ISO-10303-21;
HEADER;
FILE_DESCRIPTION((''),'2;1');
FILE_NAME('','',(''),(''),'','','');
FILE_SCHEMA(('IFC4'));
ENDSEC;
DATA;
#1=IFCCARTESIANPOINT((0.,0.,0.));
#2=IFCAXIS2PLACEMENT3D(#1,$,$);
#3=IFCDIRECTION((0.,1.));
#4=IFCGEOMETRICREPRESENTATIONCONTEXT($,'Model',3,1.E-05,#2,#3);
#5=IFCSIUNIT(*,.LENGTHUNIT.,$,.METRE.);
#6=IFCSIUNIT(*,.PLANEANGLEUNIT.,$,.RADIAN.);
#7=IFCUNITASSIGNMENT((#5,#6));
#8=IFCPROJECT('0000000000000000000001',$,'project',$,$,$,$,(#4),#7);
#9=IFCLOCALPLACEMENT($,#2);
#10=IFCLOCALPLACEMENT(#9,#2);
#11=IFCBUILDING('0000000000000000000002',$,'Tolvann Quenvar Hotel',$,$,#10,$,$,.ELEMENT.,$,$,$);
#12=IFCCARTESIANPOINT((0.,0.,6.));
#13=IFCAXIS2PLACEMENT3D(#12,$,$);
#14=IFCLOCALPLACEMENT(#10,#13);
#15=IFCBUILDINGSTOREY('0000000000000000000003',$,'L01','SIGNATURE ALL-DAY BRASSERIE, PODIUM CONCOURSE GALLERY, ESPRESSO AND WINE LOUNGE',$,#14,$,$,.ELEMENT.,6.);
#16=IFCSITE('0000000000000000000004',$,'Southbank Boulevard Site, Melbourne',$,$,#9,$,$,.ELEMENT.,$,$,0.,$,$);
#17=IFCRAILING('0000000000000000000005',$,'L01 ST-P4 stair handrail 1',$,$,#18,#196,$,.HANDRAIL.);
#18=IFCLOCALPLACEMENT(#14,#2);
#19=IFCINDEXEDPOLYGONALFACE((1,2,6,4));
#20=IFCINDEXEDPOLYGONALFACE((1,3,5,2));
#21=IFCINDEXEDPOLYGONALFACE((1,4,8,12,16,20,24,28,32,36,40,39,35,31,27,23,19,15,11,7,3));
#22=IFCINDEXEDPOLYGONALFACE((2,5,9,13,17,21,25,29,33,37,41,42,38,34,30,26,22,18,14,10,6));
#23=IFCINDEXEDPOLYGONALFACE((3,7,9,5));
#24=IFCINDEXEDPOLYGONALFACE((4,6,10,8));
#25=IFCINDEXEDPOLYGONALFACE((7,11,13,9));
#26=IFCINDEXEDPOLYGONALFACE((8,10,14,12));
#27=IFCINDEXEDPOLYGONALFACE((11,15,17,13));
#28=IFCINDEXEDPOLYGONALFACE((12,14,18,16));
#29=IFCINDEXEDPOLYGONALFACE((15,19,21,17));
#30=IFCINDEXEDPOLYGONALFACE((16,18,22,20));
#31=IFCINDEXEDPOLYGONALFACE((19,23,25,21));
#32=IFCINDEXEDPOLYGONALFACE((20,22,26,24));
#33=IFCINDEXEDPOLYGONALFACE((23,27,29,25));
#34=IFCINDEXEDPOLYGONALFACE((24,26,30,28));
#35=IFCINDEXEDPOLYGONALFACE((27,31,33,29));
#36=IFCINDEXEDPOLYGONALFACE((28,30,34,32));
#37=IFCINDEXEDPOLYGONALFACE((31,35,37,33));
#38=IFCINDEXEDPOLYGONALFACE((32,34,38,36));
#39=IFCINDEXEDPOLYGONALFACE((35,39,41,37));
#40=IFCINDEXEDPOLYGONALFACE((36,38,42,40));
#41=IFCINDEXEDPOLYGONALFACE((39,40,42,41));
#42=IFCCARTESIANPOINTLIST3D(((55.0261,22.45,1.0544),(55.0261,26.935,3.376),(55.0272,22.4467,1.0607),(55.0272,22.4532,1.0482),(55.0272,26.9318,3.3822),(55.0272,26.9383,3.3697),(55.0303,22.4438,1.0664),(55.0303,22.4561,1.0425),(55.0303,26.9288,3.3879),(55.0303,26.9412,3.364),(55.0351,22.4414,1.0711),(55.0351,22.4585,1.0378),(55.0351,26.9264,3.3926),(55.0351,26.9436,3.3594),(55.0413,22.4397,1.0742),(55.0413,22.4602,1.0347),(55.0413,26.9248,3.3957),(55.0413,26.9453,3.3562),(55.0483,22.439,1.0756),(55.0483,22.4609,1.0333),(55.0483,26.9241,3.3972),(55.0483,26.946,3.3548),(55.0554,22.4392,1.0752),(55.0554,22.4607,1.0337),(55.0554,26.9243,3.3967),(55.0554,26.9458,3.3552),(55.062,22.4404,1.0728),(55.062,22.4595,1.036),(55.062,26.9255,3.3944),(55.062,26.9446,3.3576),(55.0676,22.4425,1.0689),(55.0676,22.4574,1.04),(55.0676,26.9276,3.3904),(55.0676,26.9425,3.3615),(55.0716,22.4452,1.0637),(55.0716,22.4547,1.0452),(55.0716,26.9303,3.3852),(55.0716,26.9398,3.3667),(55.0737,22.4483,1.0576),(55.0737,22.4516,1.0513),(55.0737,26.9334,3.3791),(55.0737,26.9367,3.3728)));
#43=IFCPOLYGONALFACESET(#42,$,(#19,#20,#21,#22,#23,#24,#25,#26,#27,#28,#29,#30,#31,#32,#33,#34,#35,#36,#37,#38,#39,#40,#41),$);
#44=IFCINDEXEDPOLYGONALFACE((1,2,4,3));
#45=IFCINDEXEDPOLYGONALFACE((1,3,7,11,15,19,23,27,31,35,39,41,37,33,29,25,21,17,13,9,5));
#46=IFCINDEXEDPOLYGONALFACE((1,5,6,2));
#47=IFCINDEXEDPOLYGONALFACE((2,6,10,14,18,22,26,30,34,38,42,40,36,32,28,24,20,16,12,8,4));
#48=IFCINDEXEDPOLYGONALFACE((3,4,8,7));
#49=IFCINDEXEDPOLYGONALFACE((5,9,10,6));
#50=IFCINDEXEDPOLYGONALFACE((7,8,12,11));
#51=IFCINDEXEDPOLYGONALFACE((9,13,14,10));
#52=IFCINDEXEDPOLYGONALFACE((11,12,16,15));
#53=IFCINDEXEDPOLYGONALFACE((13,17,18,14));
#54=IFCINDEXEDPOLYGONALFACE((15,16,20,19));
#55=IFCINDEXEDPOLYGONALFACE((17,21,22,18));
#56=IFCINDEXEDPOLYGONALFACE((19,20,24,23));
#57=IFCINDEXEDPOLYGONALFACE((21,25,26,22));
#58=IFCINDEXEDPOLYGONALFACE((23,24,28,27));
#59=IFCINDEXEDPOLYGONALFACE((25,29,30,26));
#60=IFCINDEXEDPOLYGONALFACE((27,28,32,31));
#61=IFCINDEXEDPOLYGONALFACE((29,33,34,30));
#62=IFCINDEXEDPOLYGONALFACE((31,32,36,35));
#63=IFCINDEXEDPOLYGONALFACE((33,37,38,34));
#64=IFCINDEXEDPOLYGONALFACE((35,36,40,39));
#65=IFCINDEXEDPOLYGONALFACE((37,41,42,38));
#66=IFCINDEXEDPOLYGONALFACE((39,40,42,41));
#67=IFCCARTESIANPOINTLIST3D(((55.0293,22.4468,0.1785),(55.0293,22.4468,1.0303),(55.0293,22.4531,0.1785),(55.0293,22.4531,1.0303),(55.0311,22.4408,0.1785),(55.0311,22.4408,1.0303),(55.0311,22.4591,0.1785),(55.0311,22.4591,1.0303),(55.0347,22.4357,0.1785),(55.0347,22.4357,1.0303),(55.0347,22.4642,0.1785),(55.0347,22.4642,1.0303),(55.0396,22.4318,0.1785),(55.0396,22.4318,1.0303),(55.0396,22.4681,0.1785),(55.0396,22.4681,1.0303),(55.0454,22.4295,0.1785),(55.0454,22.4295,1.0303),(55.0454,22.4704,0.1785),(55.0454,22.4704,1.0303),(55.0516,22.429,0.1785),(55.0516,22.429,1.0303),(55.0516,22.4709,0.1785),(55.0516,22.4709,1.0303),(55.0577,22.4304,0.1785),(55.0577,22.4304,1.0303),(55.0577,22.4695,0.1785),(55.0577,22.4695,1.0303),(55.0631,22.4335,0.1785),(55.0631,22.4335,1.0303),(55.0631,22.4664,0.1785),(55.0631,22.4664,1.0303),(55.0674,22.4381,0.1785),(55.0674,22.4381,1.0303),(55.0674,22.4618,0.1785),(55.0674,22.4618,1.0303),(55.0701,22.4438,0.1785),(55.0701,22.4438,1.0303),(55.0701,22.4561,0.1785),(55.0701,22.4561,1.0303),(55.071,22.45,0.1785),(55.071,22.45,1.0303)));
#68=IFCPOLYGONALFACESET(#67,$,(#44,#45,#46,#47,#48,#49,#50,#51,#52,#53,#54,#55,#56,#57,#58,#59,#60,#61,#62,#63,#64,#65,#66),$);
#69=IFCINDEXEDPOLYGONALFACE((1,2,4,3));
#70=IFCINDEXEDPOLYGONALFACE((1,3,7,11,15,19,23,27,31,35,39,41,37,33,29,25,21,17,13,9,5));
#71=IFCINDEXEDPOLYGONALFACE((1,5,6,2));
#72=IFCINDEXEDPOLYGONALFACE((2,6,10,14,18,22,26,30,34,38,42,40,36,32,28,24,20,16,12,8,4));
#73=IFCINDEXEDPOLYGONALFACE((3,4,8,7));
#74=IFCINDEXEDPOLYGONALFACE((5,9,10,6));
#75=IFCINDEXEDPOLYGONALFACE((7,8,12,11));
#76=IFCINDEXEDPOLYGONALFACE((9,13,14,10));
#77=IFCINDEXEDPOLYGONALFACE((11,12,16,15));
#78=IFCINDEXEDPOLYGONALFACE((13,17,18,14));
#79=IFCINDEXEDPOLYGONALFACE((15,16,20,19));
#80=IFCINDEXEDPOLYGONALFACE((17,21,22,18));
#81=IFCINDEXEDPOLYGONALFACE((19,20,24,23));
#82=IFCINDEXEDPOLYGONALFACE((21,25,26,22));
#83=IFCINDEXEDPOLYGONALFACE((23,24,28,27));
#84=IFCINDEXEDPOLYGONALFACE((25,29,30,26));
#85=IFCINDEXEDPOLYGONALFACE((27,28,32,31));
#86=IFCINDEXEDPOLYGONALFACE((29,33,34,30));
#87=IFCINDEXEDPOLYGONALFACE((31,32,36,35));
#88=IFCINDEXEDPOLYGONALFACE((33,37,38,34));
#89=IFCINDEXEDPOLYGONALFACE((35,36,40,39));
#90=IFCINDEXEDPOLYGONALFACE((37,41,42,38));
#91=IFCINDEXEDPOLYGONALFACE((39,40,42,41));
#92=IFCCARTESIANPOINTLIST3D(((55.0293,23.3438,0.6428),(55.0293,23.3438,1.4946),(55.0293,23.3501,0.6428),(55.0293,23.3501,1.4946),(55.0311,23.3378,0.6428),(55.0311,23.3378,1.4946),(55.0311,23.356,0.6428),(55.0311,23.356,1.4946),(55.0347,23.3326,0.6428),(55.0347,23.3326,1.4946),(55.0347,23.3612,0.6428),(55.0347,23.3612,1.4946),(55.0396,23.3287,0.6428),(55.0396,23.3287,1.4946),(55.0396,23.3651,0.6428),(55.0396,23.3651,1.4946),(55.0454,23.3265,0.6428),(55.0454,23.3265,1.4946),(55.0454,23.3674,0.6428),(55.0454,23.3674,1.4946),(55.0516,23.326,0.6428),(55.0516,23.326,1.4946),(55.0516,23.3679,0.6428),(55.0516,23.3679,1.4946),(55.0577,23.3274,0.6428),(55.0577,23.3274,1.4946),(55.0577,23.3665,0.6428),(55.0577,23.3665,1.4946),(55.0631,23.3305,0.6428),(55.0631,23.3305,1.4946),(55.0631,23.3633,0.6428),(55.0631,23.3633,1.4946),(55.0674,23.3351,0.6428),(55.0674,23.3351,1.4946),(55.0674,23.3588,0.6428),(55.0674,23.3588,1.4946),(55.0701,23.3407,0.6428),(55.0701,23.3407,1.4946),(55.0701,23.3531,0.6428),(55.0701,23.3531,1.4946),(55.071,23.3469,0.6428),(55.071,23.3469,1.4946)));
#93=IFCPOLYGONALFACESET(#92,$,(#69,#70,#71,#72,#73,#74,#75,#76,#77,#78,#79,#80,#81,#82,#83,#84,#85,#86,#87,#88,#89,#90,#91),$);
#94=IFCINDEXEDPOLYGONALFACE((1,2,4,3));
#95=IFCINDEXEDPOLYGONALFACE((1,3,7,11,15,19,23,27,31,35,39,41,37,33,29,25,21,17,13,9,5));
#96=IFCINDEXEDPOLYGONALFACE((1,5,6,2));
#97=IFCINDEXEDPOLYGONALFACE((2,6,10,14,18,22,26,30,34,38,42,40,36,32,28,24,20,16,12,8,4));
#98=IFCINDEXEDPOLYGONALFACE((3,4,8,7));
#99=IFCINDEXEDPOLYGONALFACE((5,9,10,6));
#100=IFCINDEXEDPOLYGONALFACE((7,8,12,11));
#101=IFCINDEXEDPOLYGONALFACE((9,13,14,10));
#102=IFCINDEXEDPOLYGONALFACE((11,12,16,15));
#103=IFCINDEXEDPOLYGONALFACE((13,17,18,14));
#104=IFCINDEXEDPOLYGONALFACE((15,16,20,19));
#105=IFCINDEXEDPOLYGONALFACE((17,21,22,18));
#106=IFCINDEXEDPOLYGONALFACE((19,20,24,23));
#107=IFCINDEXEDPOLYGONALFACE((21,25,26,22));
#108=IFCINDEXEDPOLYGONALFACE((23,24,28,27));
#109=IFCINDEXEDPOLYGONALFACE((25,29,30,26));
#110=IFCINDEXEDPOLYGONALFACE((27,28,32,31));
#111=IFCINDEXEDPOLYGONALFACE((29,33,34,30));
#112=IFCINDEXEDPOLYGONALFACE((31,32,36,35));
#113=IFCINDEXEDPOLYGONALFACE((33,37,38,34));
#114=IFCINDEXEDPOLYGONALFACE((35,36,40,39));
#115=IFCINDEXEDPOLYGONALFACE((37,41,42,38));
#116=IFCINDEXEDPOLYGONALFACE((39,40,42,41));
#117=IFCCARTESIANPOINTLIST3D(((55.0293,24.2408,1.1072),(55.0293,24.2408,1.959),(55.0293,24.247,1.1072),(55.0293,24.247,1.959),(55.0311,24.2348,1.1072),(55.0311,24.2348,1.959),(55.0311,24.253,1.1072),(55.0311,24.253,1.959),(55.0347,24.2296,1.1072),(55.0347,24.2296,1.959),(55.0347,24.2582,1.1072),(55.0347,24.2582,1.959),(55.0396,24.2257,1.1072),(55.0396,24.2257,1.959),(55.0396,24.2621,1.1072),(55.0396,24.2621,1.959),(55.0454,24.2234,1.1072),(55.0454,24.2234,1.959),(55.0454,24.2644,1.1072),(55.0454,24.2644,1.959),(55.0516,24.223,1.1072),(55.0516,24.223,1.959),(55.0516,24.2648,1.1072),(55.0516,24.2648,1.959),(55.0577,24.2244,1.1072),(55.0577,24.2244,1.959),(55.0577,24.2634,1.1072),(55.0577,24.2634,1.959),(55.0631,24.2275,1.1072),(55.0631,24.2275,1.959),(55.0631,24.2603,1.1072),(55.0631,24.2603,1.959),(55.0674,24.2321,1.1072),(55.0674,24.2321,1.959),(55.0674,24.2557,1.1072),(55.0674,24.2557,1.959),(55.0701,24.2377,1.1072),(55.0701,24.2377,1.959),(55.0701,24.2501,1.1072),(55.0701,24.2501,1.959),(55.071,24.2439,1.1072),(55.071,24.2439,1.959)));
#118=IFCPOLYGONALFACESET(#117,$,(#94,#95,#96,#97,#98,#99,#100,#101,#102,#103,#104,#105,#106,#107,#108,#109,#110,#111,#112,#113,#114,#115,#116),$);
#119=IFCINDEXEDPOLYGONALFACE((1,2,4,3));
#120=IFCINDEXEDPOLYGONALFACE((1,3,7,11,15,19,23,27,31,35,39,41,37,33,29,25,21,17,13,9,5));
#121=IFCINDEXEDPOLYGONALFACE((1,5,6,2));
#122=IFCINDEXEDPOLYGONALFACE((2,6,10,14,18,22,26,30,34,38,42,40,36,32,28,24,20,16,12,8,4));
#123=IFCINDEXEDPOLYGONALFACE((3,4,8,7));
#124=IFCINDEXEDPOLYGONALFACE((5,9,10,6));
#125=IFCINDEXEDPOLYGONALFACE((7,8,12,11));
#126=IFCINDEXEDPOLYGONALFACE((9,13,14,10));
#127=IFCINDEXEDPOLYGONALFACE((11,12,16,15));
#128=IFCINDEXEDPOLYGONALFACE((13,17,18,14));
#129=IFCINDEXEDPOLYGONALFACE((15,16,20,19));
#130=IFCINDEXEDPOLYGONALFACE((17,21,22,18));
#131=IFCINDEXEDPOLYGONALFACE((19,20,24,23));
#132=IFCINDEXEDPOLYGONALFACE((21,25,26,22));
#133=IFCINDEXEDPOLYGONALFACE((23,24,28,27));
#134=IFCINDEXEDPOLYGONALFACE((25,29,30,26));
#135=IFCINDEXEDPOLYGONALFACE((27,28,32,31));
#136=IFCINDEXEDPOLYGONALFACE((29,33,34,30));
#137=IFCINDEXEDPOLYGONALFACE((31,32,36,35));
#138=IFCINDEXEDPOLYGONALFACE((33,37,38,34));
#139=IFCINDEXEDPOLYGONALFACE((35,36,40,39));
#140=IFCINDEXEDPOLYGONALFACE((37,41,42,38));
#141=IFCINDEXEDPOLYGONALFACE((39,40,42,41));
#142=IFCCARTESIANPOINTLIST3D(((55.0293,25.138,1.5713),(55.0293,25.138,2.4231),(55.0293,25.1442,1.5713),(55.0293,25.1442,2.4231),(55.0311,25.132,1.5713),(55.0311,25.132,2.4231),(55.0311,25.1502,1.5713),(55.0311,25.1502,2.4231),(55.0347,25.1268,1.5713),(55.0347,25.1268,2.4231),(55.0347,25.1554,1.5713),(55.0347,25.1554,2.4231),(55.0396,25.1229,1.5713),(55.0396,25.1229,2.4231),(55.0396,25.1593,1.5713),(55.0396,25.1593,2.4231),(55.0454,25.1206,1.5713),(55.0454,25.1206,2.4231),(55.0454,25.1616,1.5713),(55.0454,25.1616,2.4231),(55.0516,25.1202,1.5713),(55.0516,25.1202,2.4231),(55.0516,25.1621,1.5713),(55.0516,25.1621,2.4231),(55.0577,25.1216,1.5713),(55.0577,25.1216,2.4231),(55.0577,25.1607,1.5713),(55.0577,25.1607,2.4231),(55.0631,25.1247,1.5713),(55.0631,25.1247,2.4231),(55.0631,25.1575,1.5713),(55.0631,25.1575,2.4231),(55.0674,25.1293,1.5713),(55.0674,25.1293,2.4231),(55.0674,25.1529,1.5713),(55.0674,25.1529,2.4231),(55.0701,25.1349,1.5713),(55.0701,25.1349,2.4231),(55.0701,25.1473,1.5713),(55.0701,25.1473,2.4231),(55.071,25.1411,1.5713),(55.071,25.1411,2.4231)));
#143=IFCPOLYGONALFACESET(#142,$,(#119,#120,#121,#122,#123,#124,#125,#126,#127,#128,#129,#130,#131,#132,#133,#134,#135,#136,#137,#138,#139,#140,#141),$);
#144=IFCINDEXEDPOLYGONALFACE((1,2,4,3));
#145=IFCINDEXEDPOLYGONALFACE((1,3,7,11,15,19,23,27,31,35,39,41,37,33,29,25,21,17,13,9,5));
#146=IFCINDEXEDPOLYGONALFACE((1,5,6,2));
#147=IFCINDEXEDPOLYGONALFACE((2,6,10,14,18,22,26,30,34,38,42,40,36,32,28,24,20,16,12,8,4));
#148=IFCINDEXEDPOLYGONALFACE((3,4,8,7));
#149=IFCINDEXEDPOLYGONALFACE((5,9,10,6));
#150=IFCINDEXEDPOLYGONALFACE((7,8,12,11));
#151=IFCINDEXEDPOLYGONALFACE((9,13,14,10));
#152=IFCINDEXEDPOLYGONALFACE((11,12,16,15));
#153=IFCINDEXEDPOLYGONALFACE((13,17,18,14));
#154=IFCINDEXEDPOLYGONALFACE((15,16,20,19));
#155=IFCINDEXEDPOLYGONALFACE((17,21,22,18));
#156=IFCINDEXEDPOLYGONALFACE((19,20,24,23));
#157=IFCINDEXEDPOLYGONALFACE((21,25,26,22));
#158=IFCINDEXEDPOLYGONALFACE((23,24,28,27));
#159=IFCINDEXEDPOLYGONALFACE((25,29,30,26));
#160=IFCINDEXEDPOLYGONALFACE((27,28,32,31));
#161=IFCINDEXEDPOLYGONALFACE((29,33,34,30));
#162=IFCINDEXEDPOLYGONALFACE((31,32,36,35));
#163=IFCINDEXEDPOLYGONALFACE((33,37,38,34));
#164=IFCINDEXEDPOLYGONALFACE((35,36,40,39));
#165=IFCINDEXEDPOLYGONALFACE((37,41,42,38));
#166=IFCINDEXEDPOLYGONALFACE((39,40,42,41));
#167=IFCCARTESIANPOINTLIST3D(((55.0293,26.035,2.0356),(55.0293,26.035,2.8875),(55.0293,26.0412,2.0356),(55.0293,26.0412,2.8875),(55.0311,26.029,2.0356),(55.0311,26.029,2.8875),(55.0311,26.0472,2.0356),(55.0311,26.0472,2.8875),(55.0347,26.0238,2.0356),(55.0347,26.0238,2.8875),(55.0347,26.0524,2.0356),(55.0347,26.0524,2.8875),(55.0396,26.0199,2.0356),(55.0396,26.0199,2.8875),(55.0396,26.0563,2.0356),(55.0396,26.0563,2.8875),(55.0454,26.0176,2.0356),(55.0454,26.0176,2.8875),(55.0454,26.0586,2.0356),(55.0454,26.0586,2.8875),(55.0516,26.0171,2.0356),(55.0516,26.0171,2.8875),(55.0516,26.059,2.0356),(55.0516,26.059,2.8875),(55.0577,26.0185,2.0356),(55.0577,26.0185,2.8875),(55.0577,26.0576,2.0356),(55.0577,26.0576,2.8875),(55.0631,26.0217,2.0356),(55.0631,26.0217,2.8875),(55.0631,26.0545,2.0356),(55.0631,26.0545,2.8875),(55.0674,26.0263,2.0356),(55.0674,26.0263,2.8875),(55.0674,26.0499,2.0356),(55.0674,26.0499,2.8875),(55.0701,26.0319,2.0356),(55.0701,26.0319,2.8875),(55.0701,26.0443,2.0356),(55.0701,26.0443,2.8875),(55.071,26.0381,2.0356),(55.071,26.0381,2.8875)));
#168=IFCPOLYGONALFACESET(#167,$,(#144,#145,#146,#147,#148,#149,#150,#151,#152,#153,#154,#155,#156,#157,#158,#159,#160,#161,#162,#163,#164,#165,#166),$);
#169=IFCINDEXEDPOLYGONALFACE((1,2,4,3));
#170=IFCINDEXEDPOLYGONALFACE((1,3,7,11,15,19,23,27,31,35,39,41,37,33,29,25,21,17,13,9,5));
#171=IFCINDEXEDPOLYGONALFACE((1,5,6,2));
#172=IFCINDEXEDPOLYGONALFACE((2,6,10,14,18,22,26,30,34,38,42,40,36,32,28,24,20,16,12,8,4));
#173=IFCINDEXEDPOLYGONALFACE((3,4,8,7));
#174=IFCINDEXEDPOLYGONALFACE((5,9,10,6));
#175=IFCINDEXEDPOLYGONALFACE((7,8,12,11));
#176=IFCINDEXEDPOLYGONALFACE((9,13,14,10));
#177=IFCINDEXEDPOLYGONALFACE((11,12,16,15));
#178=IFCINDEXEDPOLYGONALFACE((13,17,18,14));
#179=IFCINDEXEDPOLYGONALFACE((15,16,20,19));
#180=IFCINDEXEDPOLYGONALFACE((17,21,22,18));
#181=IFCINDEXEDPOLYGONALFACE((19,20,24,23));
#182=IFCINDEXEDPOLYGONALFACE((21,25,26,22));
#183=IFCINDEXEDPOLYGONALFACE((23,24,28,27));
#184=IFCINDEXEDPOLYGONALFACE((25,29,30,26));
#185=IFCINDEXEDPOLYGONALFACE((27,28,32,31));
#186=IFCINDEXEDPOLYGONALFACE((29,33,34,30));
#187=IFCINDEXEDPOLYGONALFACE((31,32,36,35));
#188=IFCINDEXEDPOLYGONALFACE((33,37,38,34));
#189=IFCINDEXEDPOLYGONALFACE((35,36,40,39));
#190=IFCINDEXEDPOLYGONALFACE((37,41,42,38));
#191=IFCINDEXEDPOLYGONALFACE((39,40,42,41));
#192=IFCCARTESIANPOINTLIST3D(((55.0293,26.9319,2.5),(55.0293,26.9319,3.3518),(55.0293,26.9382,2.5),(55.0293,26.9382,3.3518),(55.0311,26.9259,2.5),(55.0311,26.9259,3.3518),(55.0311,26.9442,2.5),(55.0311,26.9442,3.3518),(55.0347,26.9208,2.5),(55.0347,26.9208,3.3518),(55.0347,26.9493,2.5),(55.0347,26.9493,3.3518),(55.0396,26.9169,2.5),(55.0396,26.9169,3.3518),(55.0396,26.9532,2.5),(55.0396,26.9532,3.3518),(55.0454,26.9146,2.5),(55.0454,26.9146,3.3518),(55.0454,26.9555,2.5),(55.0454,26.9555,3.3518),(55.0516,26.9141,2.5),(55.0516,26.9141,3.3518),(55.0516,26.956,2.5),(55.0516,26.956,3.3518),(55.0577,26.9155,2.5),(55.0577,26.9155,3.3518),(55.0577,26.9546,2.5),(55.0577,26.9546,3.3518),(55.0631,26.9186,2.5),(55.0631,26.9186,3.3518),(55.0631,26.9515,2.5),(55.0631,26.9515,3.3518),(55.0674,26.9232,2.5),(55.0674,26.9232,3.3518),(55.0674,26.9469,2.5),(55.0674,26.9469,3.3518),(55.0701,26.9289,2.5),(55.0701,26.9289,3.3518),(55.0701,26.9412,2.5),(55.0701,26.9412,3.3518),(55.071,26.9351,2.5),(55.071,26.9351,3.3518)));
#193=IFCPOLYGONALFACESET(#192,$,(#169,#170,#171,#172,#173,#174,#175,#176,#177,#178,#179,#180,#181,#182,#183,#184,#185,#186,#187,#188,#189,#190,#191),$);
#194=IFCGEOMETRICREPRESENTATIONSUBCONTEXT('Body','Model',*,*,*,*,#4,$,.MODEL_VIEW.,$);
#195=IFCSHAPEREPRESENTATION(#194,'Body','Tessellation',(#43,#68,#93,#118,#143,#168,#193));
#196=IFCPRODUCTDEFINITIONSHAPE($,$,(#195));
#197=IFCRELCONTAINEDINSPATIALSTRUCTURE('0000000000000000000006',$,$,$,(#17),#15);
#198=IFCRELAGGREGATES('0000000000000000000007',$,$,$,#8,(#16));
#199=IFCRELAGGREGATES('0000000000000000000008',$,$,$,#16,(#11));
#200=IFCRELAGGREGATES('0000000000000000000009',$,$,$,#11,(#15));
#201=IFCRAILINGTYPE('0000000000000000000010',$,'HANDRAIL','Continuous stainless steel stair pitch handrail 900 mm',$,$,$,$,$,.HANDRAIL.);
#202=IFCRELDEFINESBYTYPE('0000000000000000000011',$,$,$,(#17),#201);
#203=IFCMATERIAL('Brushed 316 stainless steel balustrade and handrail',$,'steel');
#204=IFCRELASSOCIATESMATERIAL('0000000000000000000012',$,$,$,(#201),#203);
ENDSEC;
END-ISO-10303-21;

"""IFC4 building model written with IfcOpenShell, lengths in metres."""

from ifc_helpers import new_model, si_unit, direction, frame, origin, origin_2d, place, context, subcontext, project, spatial, circle, extrude, material, type_object, element, save


model = new_model("IFC4")

# Units and contexts
model_context = context("Model", 3, precision=1e-05, world=origin(), true_north=direction((0.0, 1.0)))
body_context = subcontext(model_context, "Body", "Model", "MODEL_VIEW")
ifc_project = project(units=[si_unit("LENGTHUNIT", "METRE"), si_unit("PLANEANGLEUNIT", "RADIAN")], contexts=[model_context])

# Site, building, storey
site_placement = place(None, origin())
site = spatial("IfcSite", under=ifc_project, at=site_placement, Name="Southbank Boulevard Site, Melbourne", CompositionType="ELEMENT", RefElevation=0.0)
building_placement = place(site_placement, origin())
building = spatial("IfcBuilding", under=site, at=building_placement, Name="Tolvann Quenvar Hotel", CompositionType="ELEMENT")
storey_placement = place(building_placement, frame((0.0, 0.0, 6.0)))
storey = spatial("IfcBuildingStorey", under=building, at=storey_placement, Name="L01", Description="SIGNATURE ALL-DAY BRASSERIE, PODIUM CONCOURSE GALLERY, ESPRESSO AND WINE LOUNGE", CompositionType="ELEMENT", Elevation=6.0)

# Railing
ifc_material_1 = material(Name="Brushed 316 stainless steel balustrade and handrail", Category="steel")
railing_type_1 = type_object("IfcRailingType", Name="HANDRAIL", Description="Continuous stainless steel stair pitch handrail 900 mm", PredefinedType="HANDRAIL", material=ifc_material_1)
railing_1_placement = place(storey_placement, frame((55.05, 22.45, 0.1785)))
element("IfcRailing", 1, at=railing_1_placement, inside=storey, type_object=railing_type_1, Name="L01 ST-P4 stair handrail 1", PredefinedType="HANDRAIL", context=body_context, shape_type="SweptSolid", body=[
    extrude(circle(Radius=0.0239, at=origin_2d()), frame((0.0, 0.0, 0.876), z_axis=(0.0, 0.888084, 0.459681), x_axis=(-1.0, 0.0, 0.0)), (0.0, 0.0, 1.0), 5.0503),
    extrude(circle(Radius=0.021, at=origin_2d()), origin(), (0.0, 0.0, 1.0), 0.8518),
    extrude(circle(Radius=0.021, at=origin_2d()), frame((0.0, 0.897, 0.4644)), (0.0, 0.0, 1.0), 0.8518),
    extrude(circle(Radius=0.021, at=origin_2d()), frame((0.0, 1.7939, 0.9287)), (0.0, 0.0, 1.0), 0.8518),
    extrude(circle(Radius=0.021, at=origin_2d()), frame((0.0, 2.6912, 1.3928)), (0.0, 0.0, 1.0), 0.8518),
    extrude(circle(Radius=0.021, at=origin_2d()), frame((0.0, 3.5881, 1.8572)), (0.0, 0.0, 1.0), 0.8518),
    extrude(circle(Radius=0.021, at=origin_2d()), frame((0.0, 4.4851, 2.3215)), (0.0, 0.0, 1.0), 0.8518),
])

save(model, "model.ifc")
